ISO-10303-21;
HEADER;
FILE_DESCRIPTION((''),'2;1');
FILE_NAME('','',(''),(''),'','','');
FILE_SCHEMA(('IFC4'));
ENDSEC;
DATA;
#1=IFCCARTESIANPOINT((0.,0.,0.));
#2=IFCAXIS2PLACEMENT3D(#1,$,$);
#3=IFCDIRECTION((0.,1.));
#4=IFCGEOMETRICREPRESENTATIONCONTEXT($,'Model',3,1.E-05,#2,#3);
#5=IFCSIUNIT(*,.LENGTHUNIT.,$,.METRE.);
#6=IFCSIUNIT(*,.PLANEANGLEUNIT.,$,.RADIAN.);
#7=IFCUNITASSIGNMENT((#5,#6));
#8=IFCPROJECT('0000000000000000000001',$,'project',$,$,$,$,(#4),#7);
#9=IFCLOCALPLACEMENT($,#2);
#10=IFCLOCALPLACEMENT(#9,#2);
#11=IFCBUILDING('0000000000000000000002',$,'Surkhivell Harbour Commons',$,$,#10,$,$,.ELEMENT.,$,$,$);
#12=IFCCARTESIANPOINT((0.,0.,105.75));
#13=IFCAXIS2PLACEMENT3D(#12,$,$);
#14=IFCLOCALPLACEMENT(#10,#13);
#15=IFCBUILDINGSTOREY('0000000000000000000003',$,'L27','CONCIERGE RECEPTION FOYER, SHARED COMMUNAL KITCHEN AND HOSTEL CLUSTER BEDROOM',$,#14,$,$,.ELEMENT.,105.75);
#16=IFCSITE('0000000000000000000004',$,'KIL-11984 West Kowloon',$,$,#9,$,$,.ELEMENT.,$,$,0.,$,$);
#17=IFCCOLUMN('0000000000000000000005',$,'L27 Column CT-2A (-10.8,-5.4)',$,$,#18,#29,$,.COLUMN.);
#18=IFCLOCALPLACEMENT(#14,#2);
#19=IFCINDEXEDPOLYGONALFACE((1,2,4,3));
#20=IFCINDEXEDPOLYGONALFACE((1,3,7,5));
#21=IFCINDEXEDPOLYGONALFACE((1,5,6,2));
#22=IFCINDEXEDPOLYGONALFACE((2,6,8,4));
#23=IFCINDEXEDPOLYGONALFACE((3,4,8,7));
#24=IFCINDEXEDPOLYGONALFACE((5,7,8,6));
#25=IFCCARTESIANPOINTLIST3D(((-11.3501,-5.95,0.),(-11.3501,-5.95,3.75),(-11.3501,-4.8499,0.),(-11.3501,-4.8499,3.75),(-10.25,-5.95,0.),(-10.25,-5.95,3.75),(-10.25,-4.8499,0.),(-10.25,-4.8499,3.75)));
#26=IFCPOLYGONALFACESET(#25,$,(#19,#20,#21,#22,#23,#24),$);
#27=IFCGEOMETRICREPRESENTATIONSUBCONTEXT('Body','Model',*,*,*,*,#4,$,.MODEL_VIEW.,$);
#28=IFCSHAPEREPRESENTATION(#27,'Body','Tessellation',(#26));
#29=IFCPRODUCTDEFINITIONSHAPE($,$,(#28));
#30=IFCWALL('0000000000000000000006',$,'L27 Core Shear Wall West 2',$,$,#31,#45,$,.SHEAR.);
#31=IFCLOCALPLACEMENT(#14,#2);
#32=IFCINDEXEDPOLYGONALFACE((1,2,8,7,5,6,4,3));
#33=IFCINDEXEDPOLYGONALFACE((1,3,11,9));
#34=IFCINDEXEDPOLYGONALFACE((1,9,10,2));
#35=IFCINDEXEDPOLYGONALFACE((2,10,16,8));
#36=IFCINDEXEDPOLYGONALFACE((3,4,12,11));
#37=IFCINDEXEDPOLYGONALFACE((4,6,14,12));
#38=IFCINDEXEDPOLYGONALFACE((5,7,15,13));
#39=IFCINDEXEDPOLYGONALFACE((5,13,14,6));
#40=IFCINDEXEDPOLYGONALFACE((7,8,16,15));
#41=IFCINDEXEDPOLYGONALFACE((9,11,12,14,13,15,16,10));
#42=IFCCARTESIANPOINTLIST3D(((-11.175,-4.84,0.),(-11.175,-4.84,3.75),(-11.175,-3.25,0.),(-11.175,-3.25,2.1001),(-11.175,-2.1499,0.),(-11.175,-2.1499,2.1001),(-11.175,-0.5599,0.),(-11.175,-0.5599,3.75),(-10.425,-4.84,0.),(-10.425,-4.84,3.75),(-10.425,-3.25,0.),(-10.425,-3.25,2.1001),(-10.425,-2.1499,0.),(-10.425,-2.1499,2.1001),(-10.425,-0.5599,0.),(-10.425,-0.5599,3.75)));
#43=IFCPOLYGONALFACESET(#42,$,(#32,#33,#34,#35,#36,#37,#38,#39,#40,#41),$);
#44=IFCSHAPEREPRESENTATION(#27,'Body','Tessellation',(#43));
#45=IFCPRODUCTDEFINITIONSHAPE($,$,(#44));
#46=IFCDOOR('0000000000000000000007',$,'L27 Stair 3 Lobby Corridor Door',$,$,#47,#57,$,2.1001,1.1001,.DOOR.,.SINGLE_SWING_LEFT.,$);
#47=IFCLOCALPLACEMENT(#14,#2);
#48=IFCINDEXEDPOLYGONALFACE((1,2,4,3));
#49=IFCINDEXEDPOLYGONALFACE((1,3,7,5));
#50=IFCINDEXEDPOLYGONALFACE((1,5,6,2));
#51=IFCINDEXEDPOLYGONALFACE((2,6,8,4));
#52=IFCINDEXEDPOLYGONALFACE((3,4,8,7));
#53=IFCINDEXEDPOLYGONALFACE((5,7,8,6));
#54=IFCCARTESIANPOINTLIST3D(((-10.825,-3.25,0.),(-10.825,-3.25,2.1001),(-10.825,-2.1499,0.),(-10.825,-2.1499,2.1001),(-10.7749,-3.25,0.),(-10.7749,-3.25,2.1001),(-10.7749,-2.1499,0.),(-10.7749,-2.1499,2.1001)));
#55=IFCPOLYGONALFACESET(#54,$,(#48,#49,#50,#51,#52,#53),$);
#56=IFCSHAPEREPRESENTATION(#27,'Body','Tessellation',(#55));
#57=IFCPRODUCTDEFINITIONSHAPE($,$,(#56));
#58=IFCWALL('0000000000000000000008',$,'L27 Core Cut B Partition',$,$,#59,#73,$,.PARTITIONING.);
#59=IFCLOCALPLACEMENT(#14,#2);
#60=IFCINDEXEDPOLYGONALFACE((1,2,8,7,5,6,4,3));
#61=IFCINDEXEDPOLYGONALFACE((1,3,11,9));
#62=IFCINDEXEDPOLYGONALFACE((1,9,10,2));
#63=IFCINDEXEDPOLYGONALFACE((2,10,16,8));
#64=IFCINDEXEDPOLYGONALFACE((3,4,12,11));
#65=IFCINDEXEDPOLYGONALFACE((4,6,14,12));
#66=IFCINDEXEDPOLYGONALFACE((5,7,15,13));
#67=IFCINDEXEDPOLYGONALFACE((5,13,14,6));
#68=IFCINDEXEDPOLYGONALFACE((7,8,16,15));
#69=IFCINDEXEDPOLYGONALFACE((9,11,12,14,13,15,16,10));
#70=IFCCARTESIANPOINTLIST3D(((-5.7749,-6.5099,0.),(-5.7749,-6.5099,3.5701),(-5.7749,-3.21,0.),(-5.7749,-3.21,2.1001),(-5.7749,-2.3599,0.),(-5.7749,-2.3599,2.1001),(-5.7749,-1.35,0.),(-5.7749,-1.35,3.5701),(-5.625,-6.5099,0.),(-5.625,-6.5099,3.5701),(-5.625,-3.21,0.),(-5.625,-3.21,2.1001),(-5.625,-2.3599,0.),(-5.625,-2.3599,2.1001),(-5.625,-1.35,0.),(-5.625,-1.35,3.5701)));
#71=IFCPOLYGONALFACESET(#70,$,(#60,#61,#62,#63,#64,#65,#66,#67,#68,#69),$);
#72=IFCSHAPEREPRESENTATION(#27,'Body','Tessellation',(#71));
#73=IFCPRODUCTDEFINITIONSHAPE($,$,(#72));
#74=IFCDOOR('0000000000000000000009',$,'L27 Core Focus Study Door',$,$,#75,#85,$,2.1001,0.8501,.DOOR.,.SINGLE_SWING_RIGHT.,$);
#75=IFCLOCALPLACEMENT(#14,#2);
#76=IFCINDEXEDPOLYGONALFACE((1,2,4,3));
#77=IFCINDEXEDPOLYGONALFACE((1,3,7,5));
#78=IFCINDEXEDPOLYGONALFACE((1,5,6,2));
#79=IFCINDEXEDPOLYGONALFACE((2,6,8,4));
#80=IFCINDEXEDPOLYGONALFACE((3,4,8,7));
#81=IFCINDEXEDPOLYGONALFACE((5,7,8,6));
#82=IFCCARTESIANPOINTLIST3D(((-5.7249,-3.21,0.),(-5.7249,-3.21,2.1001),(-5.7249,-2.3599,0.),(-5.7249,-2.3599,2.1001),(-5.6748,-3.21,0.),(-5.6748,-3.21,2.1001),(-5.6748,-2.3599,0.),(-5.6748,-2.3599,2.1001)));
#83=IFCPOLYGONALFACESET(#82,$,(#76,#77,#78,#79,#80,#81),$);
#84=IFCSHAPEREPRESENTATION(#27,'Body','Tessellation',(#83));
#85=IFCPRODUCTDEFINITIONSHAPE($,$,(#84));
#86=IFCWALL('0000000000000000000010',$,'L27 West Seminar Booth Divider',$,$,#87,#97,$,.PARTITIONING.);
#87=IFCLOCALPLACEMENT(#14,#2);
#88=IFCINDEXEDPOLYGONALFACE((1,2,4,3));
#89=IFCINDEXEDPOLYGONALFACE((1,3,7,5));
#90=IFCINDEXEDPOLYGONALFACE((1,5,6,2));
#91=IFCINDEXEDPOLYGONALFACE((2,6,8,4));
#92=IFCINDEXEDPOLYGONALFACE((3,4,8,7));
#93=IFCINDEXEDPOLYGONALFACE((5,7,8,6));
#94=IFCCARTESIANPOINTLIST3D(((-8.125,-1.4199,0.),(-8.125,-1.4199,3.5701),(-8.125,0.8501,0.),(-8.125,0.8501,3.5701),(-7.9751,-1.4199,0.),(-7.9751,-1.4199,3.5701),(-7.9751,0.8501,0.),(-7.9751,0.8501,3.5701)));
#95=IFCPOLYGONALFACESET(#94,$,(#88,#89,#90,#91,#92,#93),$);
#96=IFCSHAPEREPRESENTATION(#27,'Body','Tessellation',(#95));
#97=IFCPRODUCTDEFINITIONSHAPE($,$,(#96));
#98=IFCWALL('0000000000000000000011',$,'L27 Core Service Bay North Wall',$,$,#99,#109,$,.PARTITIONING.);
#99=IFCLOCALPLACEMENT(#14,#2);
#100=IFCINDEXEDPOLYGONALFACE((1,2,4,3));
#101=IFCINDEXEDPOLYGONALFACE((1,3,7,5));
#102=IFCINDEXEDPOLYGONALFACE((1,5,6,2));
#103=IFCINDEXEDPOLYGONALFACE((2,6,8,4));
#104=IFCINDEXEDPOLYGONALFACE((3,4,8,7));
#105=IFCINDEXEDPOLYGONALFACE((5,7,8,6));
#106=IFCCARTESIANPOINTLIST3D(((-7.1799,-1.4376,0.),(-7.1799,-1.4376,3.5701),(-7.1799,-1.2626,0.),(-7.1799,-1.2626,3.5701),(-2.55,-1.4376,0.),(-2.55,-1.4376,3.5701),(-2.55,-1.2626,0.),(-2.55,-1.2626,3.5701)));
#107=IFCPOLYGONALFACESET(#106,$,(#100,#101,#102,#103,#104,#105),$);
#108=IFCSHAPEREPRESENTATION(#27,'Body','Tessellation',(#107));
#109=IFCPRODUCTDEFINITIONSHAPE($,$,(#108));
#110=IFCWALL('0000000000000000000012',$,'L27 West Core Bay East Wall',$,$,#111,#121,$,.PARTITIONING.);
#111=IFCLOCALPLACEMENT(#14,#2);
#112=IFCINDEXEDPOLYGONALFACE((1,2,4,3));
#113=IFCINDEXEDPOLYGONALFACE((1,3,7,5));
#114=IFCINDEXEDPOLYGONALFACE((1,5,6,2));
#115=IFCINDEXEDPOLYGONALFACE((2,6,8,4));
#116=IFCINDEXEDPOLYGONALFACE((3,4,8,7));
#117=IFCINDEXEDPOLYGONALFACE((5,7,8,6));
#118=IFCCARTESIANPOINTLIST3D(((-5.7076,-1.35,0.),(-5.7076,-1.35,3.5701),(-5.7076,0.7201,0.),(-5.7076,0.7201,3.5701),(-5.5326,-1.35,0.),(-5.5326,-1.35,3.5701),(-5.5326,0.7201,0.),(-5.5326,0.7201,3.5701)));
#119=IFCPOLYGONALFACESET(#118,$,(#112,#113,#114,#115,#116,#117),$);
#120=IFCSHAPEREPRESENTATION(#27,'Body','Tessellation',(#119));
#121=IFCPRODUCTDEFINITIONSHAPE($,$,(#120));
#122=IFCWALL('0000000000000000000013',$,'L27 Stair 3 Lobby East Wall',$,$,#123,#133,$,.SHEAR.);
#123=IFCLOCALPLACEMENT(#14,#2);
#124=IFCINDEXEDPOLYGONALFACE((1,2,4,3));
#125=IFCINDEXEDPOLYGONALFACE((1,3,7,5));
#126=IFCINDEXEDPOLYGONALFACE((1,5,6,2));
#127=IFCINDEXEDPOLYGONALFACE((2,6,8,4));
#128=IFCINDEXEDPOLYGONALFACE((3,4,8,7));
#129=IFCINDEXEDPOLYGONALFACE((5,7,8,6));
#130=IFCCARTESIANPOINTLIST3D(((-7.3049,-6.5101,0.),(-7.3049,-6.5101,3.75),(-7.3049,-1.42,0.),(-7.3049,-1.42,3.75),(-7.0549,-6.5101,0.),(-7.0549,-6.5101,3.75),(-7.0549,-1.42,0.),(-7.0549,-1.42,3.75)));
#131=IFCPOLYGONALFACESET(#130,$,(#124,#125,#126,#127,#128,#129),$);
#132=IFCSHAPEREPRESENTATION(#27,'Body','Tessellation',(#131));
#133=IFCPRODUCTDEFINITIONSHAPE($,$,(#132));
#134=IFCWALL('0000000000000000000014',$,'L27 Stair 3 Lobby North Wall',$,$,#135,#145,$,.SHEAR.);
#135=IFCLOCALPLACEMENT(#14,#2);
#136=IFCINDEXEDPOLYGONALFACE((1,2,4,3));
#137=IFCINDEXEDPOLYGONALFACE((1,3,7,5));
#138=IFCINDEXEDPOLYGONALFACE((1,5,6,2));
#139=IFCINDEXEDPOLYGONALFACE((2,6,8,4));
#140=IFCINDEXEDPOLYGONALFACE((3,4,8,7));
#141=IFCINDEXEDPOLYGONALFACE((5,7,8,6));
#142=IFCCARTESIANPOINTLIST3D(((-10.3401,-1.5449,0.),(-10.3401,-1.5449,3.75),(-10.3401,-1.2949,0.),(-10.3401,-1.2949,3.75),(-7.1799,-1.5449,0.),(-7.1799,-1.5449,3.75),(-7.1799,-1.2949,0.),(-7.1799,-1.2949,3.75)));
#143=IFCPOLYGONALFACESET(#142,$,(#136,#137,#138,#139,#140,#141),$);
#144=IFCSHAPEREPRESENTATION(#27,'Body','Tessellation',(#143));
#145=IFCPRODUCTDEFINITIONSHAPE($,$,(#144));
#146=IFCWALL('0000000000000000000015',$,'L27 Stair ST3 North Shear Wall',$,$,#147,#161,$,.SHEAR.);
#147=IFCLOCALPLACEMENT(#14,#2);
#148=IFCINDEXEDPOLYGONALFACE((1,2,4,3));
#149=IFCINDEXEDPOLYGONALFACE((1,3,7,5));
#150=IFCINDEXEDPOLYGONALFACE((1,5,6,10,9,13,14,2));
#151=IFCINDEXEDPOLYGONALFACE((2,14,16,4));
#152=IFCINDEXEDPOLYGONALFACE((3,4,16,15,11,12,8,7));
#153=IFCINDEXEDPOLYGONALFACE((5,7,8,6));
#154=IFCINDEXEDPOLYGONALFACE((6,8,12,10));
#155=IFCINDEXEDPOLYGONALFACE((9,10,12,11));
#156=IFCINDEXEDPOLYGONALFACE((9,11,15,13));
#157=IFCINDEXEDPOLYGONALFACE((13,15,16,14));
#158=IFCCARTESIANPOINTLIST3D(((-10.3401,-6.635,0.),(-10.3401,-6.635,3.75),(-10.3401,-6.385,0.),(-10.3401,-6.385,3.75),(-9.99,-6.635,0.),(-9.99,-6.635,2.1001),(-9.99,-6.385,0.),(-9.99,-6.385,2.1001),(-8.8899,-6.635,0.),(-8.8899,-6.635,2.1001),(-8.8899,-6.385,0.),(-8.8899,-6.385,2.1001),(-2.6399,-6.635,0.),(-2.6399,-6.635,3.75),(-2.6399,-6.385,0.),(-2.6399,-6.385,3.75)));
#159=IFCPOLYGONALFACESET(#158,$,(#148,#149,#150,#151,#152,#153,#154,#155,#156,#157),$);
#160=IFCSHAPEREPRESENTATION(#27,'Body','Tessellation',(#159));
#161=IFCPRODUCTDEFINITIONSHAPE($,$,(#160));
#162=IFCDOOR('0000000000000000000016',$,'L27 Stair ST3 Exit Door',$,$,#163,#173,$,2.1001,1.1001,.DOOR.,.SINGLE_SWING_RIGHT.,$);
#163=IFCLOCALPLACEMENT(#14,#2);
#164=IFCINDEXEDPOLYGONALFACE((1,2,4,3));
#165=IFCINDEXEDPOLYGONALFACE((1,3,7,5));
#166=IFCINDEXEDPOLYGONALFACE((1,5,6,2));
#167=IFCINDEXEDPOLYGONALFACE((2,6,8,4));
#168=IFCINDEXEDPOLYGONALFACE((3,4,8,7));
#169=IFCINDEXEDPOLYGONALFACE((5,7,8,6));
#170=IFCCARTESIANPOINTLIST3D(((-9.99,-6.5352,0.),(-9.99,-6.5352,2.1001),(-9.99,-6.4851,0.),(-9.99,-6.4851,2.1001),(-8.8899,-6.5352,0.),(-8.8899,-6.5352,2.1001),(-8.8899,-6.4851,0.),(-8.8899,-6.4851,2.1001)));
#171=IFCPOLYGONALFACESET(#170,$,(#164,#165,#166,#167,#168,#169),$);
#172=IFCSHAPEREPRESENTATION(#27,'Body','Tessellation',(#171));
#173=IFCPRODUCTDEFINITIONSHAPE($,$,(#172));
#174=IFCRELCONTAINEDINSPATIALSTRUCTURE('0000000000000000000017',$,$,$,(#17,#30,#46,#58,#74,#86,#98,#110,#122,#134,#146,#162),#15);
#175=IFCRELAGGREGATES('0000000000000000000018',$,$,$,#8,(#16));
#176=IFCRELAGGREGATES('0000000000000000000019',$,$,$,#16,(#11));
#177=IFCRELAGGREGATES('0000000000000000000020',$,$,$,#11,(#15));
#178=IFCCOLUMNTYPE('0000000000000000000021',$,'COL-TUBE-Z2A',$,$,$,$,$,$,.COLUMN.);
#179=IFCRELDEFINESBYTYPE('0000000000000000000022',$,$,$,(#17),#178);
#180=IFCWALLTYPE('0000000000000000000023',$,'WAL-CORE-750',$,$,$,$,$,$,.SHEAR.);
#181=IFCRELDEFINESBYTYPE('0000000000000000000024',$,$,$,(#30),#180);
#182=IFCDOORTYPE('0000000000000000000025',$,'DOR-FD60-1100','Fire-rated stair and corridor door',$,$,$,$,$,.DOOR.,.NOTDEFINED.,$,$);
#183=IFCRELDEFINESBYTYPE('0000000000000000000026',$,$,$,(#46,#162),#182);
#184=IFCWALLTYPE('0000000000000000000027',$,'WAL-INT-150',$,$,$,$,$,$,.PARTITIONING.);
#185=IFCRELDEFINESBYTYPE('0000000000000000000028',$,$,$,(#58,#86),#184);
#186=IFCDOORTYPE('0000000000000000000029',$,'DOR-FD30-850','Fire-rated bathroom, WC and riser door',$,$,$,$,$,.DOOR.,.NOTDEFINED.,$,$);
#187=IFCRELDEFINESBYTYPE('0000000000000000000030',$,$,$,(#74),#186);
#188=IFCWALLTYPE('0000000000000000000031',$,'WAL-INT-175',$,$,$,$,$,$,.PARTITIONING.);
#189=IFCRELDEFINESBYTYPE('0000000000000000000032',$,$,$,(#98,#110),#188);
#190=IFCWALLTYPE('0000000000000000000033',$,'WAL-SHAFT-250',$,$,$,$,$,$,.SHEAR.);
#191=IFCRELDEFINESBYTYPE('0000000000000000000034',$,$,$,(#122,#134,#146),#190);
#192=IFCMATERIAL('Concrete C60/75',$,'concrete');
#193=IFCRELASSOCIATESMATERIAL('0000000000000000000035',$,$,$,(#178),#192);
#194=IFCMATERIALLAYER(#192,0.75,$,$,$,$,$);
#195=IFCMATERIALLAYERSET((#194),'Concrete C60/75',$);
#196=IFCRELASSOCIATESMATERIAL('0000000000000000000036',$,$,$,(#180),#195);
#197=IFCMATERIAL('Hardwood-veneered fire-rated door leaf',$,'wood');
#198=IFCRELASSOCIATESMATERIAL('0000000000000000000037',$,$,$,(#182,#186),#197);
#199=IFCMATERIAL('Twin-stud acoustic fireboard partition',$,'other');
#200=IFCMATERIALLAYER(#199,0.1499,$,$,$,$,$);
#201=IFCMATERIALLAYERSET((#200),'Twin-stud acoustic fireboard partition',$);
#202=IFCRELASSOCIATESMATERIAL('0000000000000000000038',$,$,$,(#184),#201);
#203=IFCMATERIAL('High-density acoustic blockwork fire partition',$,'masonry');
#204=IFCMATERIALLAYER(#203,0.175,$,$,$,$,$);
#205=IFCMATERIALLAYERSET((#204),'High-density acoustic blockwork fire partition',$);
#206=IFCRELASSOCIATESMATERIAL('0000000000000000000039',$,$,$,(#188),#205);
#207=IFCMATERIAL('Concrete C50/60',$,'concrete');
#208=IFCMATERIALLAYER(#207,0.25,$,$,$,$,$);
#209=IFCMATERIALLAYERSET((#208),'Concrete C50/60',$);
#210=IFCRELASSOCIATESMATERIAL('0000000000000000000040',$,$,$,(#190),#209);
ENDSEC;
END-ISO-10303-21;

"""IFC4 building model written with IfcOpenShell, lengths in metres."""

from ifc_helpers import new_model, si_unit, direction, frame, frame_2d, origin, origin_2d, place, context, subcontext, project, spatial, rectangle, extrude, material, layer, layer_set, material_profile, profile_set, type_object, element, fill, save


model = new_model("IFC4")

# Units and contexts
model_context = context("Model", 3, precision=1e-05, world=origin(), true_north=direction((0.0, 1.0)))
body_context = subcontext(model_context, "Body", "Model", "MODEL_VIEW")
ifc_project = project(units=[si_unit("LENGTHUNIT", "METRE"), si_unit("PLANEANGLEUNIT", "RADIAN")], contexts=[model_context])

# Site, building, storey
site_placement = place(None, origin())
site = spatial("IfcSite", under=ifc_project, at=site_placement, Name="KIL-11984 West Kowloon", CompositionType="ELEMENT", RefElevation=0.0)
building_placement = place(site_placement, origin())
building = spatial("IfcBuilding", under=site, at=building_placement, Name="Surkhivell Harbour Commons", CompositionType="ELEMENT")
storey_placement = place(building_placement, frame((0.0, 0.0, 105.75)))
storey = spatial("IfcBuildingStorey", under=building, at=storey_placement, Name="L27", Description="CONCIERGE RECEPTION FOYER, SHARED COMMUNAL KITCHEN AND HOSTEL CLUSTER BEDROOM", CompositionType="ELEMENT", Elevation=105.75)

# Column
ifc_material_1 = material(Name="Concrete C60/75", Category="concrete")
ifc_material_profile = material_profile(ifc_material_1, rectangle(XDim=1.1001, YDim=1.1001, at=origin_2d()), Name="RC-COL-1100x1100")
ifc_profile_set = profile_set([ifc_material_profile], Name="Concrete C60/75")
column_type = type_object("IfcColumnType", Name="COL-TUBE-Z2A", PredefinedType="COLUMN", material=ifc_profile_set)
column_placement = place(storey_placement, frame((-10.8, -5.3999, 0.0), z_axis=(0.0, 0.0, 1.0), x_axis=(1.0, 0.0, 0.0)))
element("IfcColumn", 1, at=column_placement, inside=storey, type_object=column_type, Name="L27 Column CT-2A (-10.8,-5.4)", PredefinedType="COLUMN", context=body_context, shape_type="SweptSolid", body=[
    extrude(rectangle(XDim=1.1001, YDim=1.1001, at=origin_2d()), origin(), (0.0, 0.0, 1.0), 3.75),
])

# Walls, openings, doors
ifc_layer_1 = layer(ifc_material_1, 0.75)
ifc_layer_set_1 = layer_set([ifc_layer_1], Name="Concrete C60/75")
wall_type_1 = type_object("IfcWallType", Name="WAL-CORE-750", PredefinedType="SHEAR", material=ifc_layer_set_1)
wall_1_placement = place(storey_placement, frame((-10.8, -4.8401, 0.0), z_axis=(0.0, 0.0, 1.0), x_axis=(0.0, 1.0, 0.0)))
wall_1 = element("IfcWall", 2, at=wall_1_placement, inside=storey, type_object=wall_type_1, Name="L27 Core Shear Wall West 2", PredefinedType="SHEAR", context=body_context, shape_type="SweptSolid", body=[
    extrude(rectangle(XDim=4.28, YDim=0.75, at=frame_2d((2.1401, 0.0))), origin(), (0.0, 0.0, 1.0), 3.75),
])
opening_1_placement = place(wall_1_placement, frame((1.5901, 0.0, 0.0)))
opening_1 = element("IfcOpeningElement", 3, at=opening_1_placement, cuts=wall_1, PredefinedType="OPENING", context=body_context, shape_type="SweptSolid", body=[
    extrude(rectangle(XDim=1.1001, YDim=2.1001, at=frame_2d((0.55, 1.05))), frame((0.0, 0.385, 0.0), z_axis=(0.0, -1.0, 0.0), x_axis=(1.0, 0.0, 0.0)), (0.0, 0.0, 1.0), 0.77),
])
ifc_material_2 = material(Name="Hardwood-veneered fire-rated door leaf", Category="wood")
door_type_1 = type_object("IfcDoorType", Name="DOR-FD60-1100", Description="Fire-rated stair and corridor door", OperationType="NOTDEFINED", PredefinedType="DOOR", material=ifc_material_2)
door_1_placement = place(opening_1_placement, origin())
door_1 = element("IfcDoor", 4, at=door_1_placement, inside=storey, type_object=door_type_1, Name="L27 Stair 3 Lobby Corridor Door", OperationType="SINGLE_SWING_LEFT", OverallHeight=2.1001, OverallWidth=1.1001, PredefinedType="DOOR", context=body_context, shape_type="SweptSolid", body=[
    extrude(rectangle(XDim=1.1001, YDim=2.1001, at=frame_2d((0.55, 1.05))), frame((0.0, 0.0249, 0.0), z_axis=(0.0, -1.0, 0.0), x_axis=(1.0, 0.0, 0.0)), (0.0, 0.0, 1.0), 0.05),
])
fill(opening_1, door_1)
ifc_material_3 = material(Name="Twin-stud acoustic fireboard partition", Category="other")
ifc_layer_2 = layer(ifc_material_3, 0.1499)
ifc_layer_set_2 = layer_set([ifc_layer_2], Name="Twin-stud acoustic fireboard partition")
wall_type_2 = type_object("IfcWallType", Name="WAL-INT-150", PredefinedType="PARTITIONING", material=ifc_layer_set_2)
wall_2_placement = place(storey_placement, frame((-5.7, -6.51, 0.0), z_axis=(0.0, 0.0, 1.0), x_axis=(0.0, 1.0, 0.0)))
wall_2 = element("IfcWall", 5, at=wall_2_placement, inside=storey, type_object=wall_type_2, Name="L27 Core Cut B Partition", PredefinedType="PARTITIONING", context=body_context, shape_type="SweptSolid", body=[
    extrude(rectangle(XDim=5.1599, YDim=0.1499, at=frame_2d((2.5801, 0.0))), origin(), (0.0, 0.0, 1.0), 3.5701),
])
opening_2_placement = place(wall_2_placement, frame((3.3, 0.0, 0.0)))
opening_2 = element("IfcOpeningElement", 6, at=opening_2_placement, cuts=wall_2, PredefinedType="OPENING", context=body_context, shape_type="SweptSolid", body=[
    extrude(rectangle(XDim=0.8501, YDim=2.1001, at=frame_2d((0.425, 1.05))), frame((0.0, 0.085, 0.0), z_axis=(0.0, -1.0, 0.0), x_axis=(1.0, 0.0, 0.0)), (0.0, 0.0, 1.0), 0.1699),
])
door_type_2 = type_object("IfcDoorType", Name="DOR-FD30-850", Description="Fire-rated bathroom, WC and riser door", OperationType="NOTDEFINED", PredefinedType="DOOR", material=ifc_material_2)
door_2_placement = place(opening_2_placement, origin())
door_2 = element("IfcDoor", 7, at=door_2_placement, inside=storey, type_object=door_type_2, Name="L27 Core Focus Study Door", OperationType="SINGLE_SWING_RIGHT", OverallHeight=2.1001, OverallWidth=0.8501, PredefinedType="DOOR", context=body_context, shape_type="SweptSolid", body=[
    extrude(rectangle(XDim=0.8501, YDim=2.1001, at=frame_2d((0.425, 1.05))), frame((0.0, 0.0249, 0.0), z_axis=(0.0, -1.0, 0.0), x_axis=(1.0, 0.0, 0.0)), (0.0, 0.0, 1.0), 0.05),
])
fill(opening_2, door_2)

# Walls
wall_3_placement = place(storey_placement, frame((-8.05, -1.4199, 0.0), z_axis=(0.0, 0.0, 1.0), x_axis=(0.0, 1.0, 0.0)))
element("IfcWall", 8, at=wall_3_placement, inside=storey, type_object=wall_type_2, Name="L27 West Seminar Booth Divider", PredefinedType="PARTITIONING", context=body_context, shape_type="SweptSolid", body=[
    extrude(rectangle(XDim=2.27, YDim=0.1499, at=frame_2d((1.135, 0.0))), origin(), (0.0, 0.0, 1.0), 3.5701),
])
ifc_material_4 = material(Name="High-density acoustic blockwork fire partition", Category="masonry")
ifc_layer_3 = layer(ifc_material_4, 0.175)
ifc_layer_set_3 = layer_set([ifc_layer_3], Name="High-density acoustic blockwork fire partition")
wall_type_3 = type_object("IfcWallType", Name="WAL-INT-175", PredefinedType="PARTITIONING", material=ifc_layer_set_3)
wall_4_placement = place(storey_placement, frame((-7.1799, -1.3501, 0.0), z_axis=(0.0, 0.0, 1.0), x_axis=(1.0, 0.0, 0.0)))
element("IfcWall", 9, at=wall_4_placement, inside=storey, type_object=wall_type_3, Name="L27 Core Service Bay North Wall", PredefinedType="PARTITIONING", context=body_context, shape_type="SweptSolid", body=[
    extrude(rectangle(XDim=4.6299, YDim=0.175, at=frame_2d((2.3149, 0.0))), origin(), (0.0, 0.0, 1.0), 3.5701),
])
wall_5_placement = place(storey_placement, frame((-5.6201, -1.3501, 0.0), z_axis=(0.0, 0.0, 1.0), x_axis=(0.0, 1.0, 0.0)))
element("IfcWall", 10, at=wall_5_placement, inside=storey, type_object=wall_type_3, Name="L27 West Core Bay East Wall", PredefinedType="PARTITIONING", context=body_context, shape_type="SweptSolid", body=[
    extrude(rectangle(XDim=2.0701, YDim=0.175, at=frame_2d((1.0352, 0.0))), origin(), (0.0, 0.0, 1.0), 3.5701),
])
ifc_material_5 = material(Name="Concrete C50/60", Category="concrete")
ifc_layer_4 = layer(ifc_material_5, 0.25)
ifc_layer_set_4 = layer_set([ifc_layer_4], Name="Concrete C50/60")
wall_type_4 = type_object("IfcWallType", Name="WAL-SHAFT-250", PredefinedType="SHEAR", material=ifc_layer_set_4)
wall_6_placement = place(storey_placement, frame((-7.1799, -6.51, 0.0), z_axis=(0.0, 0.0, 1.0), x_axis=(0.0, 1.0, 0.0)))
element("IfcWall", 11, at=wall_6_placement, inside=storey, type_object=wall_type_4, Name="L27 Stair 3 Lobby East Wall", PredefinedType="SHEAR", context=body_context, shape_type="SweptSolid", body=[
    extrude(rectangle(XDim=5.0901, YDim=0.25, at=frame_2d((2.5449, 0.0))), origin(), (0.0, 0.0, 1.0), 3.75),
])
wall_7_placement = place(storey_placement, frame((-10.3401, -1.4199, 0.0), z_axis=(0.0, 0.0, 1.0), x_axis=(1.0, 0.0, 0.0)))
element("IfcWall", 12, at=wall_7_placement, inside=storey, type_object=wall_type_4, Name="L27 Stair 3 Lobby North Wall", PredefinedType="SHEAR", context=body_context, shape_type="SweptSolid", body=[
    extrude(rectangle(XDim=3.1602, YDim=0.25, at=frame_2d((1.5801, 0.0))), origin(), (0.0, 0.0, 1.0), 3.75),
])

# Wall, opening, door
wall_8_placement = place(storey_placement, frame((-10.3401, -6.51, 0.0), z_axis=(0.0, 0.0, 1.0), x_axis=(1.0, 0.0, 0.0)))
wall_8 = element("IfcWall", 13, at=wall_8_placement, inside=storey, type_object=wall_type_4, Name="L27 Stair ST3 North Shear Wall", PredefinedType="SHEAR", context=body_context, shape_type="SweptSolid", body=[
    extrude(rectangle(XDim=7.7002, YDim=0.25, at=frame_2d((3.8501, 0.0))), origin(), (0.0, 0.0, 1.0), 3.75),
])
opening_3_placement = place(wall_8_placement, frame((0.3501, 0.0, 0.0)))
opening_3 = element("IfcOpeningElement", 14, at=opening_3_placement, cuts=wall_8, PredefinedType="OPENING", context=body_context, shape_type="SweptSolid", body=[
    extrude(rectangle(XDim=1.1001, YDim=2.1001, at=frame_2d((0.55, 1.05))), frame((0.0, 0.135, 0.0), z_axis=(0.0, -1.0, 0.0), x_axis=(1.0, 0.0, 0.0)), (0.0, 0.0, 1.0), 0.27),
])
door_3_placement = place(opening_3_placement, origin())
door_3 = element("IfcDoor", 15, at=door_3_placement, inside=storey, type_object=door_type_1, Name="L27 Stair ST3 Exit Door", OperationType="SINGLE_SWING_RIGHT", OverallHeight=2.1001, OverallWidth=1.1001, PredefinedType="DOOR", context=body_context, shape_type="SweptSolid", body=[
    extrude(rectangle(XDim=1.1001, YDim=2.1001, at=frame_2d((0.55, 1.05))), frame((0.0, 0.0249, 0.0), z_axis=(0.0, -1.0, 0.0), x_axis=(1.0, 0.0, 0.0)), (0.0, 0.0, 1.0), 0.05),
])
fill(opening_3, door_3)

save(model, "model.ifc")
